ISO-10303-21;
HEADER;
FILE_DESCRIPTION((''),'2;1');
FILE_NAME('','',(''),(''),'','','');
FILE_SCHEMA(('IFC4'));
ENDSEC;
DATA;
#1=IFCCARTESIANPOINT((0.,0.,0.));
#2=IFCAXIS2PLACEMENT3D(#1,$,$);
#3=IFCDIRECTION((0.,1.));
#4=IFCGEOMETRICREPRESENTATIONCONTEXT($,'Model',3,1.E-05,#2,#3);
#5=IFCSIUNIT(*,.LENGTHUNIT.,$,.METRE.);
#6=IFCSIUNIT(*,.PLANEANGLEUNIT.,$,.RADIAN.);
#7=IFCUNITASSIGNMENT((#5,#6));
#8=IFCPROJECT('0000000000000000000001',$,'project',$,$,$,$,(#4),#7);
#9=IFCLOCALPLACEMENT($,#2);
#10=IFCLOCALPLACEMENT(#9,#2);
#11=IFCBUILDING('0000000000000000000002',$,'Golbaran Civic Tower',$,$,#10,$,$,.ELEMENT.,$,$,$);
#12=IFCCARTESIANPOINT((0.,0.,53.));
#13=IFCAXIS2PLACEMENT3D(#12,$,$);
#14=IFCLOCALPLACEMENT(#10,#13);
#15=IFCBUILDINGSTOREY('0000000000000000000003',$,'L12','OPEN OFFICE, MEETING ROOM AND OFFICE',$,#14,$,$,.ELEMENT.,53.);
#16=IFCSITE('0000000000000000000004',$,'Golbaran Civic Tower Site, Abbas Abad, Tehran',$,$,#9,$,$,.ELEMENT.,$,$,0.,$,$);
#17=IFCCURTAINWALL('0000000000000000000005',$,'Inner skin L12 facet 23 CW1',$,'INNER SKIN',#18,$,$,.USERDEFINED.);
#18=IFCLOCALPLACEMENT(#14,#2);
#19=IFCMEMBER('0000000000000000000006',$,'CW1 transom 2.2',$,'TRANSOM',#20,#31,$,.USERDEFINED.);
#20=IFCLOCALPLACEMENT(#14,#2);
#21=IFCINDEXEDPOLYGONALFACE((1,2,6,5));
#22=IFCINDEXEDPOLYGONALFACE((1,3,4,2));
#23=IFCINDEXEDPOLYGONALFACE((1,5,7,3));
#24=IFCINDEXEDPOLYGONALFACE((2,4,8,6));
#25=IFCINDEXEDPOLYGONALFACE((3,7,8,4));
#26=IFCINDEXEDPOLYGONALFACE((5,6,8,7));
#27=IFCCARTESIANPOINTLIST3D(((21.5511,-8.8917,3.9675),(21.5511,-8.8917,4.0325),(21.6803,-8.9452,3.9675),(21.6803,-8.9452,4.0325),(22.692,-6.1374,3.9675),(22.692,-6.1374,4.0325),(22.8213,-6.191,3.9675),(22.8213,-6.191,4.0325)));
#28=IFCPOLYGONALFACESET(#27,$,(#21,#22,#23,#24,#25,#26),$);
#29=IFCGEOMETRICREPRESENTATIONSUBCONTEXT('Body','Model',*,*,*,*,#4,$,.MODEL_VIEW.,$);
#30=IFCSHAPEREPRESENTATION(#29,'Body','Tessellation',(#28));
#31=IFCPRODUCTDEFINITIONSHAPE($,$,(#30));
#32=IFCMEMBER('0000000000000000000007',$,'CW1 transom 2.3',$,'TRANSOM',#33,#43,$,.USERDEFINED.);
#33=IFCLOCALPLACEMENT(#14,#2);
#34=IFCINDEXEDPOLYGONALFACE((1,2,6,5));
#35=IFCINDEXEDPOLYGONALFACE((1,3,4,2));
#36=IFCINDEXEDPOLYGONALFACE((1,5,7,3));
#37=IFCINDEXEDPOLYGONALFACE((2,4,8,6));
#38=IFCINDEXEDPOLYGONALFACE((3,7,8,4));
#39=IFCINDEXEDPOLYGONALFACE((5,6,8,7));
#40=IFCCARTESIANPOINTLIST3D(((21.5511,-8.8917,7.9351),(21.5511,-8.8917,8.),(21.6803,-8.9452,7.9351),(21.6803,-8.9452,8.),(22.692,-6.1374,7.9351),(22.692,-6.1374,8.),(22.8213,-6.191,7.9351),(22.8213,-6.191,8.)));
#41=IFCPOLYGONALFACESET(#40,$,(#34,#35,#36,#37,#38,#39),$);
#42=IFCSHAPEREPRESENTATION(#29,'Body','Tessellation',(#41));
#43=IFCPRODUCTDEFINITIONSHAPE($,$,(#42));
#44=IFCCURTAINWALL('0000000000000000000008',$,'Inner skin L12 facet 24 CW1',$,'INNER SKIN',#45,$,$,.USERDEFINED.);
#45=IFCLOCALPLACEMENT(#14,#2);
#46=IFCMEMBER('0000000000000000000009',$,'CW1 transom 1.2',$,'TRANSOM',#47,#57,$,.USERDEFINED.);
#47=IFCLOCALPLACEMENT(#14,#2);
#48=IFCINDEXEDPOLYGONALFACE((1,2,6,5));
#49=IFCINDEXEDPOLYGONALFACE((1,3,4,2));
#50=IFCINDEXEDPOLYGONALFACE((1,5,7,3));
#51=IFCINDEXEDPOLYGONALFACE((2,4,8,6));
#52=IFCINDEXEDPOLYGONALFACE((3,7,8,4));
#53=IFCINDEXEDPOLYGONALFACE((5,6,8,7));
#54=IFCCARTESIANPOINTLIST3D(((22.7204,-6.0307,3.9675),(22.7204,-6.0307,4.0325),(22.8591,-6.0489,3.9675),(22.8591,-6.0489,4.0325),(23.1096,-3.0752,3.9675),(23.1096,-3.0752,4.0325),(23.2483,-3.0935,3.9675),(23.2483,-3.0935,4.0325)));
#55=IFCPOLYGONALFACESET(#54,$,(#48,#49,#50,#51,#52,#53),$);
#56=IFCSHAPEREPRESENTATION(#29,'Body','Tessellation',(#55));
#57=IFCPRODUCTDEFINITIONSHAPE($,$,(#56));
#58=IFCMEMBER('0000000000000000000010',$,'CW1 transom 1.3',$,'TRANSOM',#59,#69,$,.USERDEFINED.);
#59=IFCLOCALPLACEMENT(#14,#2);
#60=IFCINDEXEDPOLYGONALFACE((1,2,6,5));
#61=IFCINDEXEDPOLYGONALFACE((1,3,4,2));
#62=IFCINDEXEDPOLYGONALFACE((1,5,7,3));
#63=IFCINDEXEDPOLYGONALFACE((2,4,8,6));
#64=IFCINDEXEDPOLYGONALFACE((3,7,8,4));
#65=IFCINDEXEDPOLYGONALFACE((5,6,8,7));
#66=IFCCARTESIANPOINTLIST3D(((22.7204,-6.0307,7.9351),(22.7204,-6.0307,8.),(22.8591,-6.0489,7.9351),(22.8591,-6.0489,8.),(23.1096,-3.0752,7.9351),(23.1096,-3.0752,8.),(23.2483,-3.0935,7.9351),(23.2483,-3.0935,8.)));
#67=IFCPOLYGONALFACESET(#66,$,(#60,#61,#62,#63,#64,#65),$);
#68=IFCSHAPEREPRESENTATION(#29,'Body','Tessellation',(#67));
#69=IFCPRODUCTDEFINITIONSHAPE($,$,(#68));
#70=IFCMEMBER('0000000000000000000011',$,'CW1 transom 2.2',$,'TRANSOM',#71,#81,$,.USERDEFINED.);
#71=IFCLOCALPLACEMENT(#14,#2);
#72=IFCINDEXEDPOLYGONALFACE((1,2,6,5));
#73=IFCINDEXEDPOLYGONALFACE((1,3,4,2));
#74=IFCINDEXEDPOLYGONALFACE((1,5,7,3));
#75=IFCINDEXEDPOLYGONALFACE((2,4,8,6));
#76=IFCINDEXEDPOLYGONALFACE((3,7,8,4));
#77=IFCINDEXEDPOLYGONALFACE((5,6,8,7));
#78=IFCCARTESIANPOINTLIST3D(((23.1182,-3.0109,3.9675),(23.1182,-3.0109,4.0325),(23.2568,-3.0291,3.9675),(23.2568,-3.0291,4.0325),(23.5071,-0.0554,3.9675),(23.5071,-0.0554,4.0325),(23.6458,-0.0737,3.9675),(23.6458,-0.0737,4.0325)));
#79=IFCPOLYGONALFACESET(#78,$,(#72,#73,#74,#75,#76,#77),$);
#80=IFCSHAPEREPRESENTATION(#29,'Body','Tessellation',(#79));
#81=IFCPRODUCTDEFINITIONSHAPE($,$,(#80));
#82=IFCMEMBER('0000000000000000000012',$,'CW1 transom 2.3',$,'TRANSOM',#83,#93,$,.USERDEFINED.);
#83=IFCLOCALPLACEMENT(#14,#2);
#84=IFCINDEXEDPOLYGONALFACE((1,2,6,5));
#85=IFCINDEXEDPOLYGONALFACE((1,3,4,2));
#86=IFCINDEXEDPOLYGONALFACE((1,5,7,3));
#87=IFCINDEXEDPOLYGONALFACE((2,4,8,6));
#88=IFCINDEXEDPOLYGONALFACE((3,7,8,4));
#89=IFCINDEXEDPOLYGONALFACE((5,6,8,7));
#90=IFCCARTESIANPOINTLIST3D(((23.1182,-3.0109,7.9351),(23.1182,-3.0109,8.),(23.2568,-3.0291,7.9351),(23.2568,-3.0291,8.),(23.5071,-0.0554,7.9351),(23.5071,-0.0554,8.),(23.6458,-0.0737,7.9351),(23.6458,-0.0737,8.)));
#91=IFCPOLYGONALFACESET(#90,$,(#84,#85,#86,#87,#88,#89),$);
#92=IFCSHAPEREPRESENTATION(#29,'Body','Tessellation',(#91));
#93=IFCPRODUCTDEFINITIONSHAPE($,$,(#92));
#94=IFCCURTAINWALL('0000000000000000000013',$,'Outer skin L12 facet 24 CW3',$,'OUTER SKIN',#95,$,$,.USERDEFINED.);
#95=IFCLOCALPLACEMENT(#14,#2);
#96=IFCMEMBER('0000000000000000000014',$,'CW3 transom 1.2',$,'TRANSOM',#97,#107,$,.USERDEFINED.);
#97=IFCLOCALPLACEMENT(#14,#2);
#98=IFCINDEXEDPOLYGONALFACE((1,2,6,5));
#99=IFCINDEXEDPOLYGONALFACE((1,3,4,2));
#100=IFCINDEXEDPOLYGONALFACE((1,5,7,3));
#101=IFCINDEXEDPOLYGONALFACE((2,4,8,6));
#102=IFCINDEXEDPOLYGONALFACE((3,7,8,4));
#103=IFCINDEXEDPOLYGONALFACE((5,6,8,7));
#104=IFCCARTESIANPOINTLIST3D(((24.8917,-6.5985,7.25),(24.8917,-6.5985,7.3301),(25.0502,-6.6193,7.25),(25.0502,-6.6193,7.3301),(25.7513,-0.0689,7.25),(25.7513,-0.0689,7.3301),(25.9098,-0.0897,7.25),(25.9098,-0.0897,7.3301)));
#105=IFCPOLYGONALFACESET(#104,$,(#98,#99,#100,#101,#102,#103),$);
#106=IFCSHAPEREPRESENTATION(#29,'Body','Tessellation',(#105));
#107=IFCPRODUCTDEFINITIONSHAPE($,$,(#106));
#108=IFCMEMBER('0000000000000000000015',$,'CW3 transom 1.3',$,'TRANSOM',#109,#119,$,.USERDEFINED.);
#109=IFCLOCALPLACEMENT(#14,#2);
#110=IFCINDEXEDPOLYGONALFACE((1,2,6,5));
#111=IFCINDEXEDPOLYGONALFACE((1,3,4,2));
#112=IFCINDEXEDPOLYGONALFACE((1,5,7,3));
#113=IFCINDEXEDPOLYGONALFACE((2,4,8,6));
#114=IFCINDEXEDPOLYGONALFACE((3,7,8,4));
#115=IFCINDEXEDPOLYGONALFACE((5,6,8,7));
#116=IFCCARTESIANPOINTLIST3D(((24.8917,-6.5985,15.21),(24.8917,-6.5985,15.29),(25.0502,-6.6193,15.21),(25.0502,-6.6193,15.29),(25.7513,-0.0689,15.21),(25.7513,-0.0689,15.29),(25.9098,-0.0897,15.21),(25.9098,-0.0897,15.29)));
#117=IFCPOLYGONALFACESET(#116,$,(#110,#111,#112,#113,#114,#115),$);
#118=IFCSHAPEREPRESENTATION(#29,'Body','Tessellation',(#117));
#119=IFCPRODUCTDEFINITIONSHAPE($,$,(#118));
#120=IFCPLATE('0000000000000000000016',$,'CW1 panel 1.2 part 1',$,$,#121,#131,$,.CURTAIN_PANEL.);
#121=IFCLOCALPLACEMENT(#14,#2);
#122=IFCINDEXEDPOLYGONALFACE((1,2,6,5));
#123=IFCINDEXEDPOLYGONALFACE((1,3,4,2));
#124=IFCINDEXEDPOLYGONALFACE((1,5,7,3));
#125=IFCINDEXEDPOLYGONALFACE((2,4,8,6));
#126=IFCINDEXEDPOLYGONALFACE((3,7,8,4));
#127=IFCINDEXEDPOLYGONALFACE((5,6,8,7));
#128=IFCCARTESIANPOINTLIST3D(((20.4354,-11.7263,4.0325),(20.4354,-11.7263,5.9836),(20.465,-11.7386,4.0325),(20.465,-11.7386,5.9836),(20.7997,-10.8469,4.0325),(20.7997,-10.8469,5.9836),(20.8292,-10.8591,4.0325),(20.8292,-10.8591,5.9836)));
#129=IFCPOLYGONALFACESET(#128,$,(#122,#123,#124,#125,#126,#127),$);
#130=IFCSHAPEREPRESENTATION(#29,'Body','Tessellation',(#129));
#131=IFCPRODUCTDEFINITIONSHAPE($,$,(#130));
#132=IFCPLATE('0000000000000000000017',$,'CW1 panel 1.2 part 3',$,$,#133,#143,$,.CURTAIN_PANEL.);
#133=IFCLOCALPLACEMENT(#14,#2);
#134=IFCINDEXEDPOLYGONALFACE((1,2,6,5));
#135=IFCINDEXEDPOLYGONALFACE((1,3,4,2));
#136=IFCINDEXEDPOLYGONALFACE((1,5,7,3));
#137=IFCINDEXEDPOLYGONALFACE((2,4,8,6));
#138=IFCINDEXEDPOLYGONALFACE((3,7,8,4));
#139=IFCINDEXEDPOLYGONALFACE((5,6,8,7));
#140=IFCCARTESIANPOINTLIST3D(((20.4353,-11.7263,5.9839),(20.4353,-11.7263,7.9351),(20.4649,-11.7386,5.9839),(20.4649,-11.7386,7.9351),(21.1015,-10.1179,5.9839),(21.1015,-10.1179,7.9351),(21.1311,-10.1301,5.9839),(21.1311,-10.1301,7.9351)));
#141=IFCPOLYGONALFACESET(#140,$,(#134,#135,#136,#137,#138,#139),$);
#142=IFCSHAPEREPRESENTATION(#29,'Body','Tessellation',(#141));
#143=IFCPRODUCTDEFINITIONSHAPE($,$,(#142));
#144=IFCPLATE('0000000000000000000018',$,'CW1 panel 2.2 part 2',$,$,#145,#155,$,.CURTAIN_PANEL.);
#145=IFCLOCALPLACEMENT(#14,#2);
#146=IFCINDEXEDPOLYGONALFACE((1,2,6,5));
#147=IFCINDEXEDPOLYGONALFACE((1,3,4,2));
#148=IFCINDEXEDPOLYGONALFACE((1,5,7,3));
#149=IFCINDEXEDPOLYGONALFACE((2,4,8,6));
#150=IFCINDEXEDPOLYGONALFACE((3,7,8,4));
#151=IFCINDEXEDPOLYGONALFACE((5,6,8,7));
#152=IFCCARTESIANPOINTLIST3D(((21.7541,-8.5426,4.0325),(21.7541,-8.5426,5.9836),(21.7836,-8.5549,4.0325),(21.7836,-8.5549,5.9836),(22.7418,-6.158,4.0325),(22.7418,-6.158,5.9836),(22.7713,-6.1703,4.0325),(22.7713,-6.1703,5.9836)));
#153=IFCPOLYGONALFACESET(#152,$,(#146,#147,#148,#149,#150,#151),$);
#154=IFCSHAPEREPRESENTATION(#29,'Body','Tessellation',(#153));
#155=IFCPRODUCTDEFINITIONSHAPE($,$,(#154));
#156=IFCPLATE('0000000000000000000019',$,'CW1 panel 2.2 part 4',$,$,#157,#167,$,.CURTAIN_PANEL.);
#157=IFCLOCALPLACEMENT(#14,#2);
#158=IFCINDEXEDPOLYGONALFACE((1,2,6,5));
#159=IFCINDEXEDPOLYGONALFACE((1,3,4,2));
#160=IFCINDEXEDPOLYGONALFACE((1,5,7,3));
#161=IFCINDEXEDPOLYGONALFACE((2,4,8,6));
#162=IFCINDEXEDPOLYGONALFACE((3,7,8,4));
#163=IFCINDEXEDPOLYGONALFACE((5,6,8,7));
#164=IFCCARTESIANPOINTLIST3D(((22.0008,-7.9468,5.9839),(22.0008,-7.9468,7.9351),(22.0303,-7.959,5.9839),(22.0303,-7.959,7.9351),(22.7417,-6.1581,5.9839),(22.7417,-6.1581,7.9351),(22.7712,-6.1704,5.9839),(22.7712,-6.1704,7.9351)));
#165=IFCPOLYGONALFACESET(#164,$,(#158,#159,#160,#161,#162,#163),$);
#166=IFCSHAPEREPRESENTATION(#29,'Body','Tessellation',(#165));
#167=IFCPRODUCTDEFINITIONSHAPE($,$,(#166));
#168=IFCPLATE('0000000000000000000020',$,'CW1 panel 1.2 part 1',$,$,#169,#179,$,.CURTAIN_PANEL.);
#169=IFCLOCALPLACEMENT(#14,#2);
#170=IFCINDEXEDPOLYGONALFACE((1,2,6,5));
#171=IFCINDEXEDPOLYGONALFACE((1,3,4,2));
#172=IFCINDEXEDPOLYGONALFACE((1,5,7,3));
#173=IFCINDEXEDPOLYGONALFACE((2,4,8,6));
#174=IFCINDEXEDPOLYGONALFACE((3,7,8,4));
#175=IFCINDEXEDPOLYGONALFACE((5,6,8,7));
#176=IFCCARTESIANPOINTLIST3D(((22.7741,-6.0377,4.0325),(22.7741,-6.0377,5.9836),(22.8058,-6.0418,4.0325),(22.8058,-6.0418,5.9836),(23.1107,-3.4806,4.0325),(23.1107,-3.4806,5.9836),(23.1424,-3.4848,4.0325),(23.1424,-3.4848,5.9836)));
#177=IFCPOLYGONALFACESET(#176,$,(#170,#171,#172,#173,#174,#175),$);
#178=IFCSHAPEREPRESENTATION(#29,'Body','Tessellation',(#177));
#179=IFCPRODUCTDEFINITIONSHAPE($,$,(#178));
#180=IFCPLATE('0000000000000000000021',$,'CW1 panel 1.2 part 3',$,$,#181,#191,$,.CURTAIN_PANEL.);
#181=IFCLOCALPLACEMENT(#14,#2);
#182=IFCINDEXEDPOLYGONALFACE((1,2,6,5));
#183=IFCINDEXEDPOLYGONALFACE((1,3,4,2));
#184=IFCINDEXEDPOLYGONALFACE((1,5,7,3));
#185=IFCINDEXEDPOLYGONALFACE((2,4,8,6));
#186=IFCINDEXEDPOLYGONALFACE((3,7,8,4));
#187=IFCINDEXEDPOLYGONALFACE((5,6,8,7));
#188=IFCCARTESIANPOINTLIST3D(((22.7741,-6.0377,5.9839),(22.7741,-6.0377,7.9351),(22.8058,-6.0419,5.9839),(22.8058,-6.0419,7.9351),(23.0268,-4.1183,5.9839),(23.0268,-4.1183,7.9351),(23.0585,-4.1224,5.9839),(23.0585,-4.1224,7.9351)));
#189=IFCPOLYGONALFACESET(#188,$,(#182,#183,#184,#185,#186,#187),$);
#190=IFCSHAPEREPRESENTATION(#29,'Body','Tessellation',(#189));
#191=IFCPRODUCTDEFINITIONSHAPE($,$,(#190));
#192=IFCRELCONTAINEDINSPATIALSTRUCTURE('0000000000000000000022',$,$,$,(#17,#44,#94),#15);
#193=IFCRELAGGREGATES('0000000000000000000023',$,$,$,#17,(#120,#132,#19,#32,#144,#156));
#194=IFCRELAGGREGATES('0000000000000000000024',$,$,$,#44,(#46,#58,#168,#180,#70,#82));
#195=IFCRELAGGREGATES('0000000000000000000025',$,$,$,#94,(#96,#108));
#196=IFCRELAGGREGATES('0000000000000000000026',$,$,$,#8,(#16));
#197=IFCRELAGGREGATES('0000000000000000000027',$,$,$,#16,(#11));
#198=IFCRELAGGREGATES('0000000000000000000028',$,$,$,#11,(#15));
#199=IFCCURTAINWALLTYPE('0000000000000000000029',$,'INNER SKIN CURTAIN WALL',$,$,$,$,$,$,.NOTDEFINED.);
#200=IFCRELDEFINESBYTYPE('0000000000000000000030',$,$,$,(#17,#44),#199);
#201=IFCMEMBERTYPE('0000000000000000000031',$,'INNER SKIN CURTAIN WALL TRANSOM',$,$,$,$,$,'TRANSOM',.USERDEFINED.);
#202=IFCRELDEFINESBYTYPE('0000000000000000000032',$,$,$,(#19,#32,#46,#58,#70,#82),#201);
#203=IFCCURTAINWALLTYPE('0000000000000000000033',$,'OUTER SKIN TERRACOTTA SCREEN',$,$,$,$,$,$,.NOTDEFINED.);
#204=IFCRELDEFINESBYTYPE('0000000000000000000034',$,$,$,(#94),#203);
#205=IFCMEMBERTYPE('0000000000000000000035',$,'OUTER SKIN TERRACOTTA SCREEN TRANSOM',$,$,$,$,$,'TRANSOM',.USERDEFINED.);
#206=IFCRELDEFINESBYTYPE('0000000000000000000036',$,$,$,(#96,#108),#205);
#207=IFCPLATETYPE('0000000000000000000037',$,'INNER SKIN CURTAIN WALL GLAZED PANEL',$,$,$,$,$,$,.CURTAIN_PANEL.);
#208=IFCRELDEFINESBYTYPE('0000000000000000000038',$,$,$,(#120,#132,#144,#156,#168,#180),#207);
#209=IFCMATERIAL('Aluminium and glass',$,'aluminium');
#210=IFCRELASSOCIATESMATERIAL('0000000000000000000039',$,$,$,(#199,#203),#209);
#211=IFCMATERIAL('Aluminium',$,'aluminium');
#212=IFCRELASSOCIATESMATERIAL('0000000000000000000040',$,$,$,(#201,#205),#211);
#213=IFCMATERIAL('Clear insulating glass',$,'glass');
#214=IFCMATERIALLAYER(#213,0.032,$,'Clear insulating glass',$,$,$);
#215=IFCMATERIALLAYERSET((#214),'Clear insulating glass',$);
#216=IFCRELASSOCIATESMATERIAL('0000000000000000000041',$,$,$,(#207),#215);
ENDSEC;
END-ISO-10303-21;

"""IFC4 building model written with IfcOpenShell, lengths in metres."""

from ifc_helpers import new_model, si_unit, direction, frame, origin, origin_2d, place, context, subcontext, project, spatial, rectangle, extrude, material, layer, layer_set, material_profile, profile_set, type_object, element, aggregate, save


model = new_model("IFC4")

# Units and contexts
model_context = context("Model", 3, precision=1e-05, world=origin(), true_north=direction((0.0, 1.0)))
body_context = subcontext(model_context, "Body", "Model", "MODEL_VIEW")
ifc_project = project(units=[si_unit("LENGTHUNIT", "METRE"), si_unit("PLANEANGLEUNIT", "RADIAN")], contexts=[model_context])

# Site, building, storey
site_placement = place(None, origin())
site = spatial("IfcSite", under=ifc_project, at=site_placement, Name="Golbaran Civic Tower Site, Abbas Abad, Tehran", CompositionType="ELEMENT", RefElevation=0.0)
building_placement = place(site_placement, origin())
building = spatial("IfcBuilding", under=site, at=building_placement, Name="Golbaran Civic Tower", CompositionType="ELEMENT")
storey_placement = place(building_placement, frame((0.0, 0.0, 53.0)))
storey = spatial("IfcBuildingStorey", under=building, at=storey_placement, Name="L12", Description="OPEN OFFICE, MEETING ROOM AND OFFICE", CompositionType="ELEMENT", Elevation=53.0)

# Curtain walls, members
ifc_material_1 = material(Name="Aluminium and glass", Category="aluminium")
curtain_wall_type_1 = type_object("IfcCurtainWallType", Name="INNER SKIN CURTAIN WALL", PredefinedType="NOTDEFINED", material=ifc_material_1)
curtain_wall_1_placement = place(storey_placement, origin())
curtain_wall_1 = element("IfcCurtainWall", 1, at=curtain_wall_1_placement, inside=storey, type_object=curtain_wall_type_1, Name="Inner skin L12 facet 23 CW1", ObjectType="INNER SKIN", PredefinedType="USERDEFINED")
ifc_material_2 = material(Name="Aluminium", Category="aluminium")
ifc_material_profile_1 = material_profile(ifc_material_2, rectangle(XDim=0.1399, YDim=0.0649, at=origin_2d()), Name="INNER SKIN CURTAIN WALL TRANSOM")
ifc_profile_set_1 = profile_set([ifc_material_profile_1], Name="Aluminium")
member_type_1 = type_object("IfcMemberType", Name="INNER SKIN CURTAIN WALL TRANSOM", ElementType="TRANSOM", PredefinedType="USERDEFINED", material=ifc_profile_set_1)
member_1_placement = place(storey_placement, frame((21.6157, -8.9185, 4.0), z_axis=(0.382701, 0.923872, 0.0), x_axis=(-0.923872, 0.382701, 0.0)))
member_1 = element("IfcMember", 2, at=member_1_placement, type_object=member_type_1, Name="CW1 transom 2.2", ObjectType="TRANSOM", PredefinedType="USERDEFINED", context=body_context, shape_type="SweptSolid", body=[
    extrude(rectangle(XDim=0.1399, YDim=0.0649, at=origin_2d()), origin(), (0.0, 0.0, 1.0), 2.9812),
])
member_2_placement = place(storey_placement, frame((21.6157, -8.9185, 7.9675), z_axis=(0.382701, 0.923872, 0.0), x_axis=(-0.923872, 0.382701, 0.0)))
member_2 = element("IfcMember", 3, at=member_2_placement, type_object=member_type_1, Name="CW1 transom 2.3", ObjectType="TRANSOM", PredefinedType="USERDEFINED", context=body_context, shape_type="SweptSolid", body=[
    extrude(rectangle(XDim=0.1399, YDim=0.0649, at=origin_2d()), origin(), (0.0, 0.0, 1.0), 2.9812),
])
curtain_wall_2_placement = place(storey_placement, origin())
curtain_wall_2 = element("IfcCurtainWall", 4, at=curtain_wall_2_placement, inside=storey, type_object=curtain_wall_type_1, Name="Inner skin L12 facet 24 CW1", ObjectType="INNER SKIN", PredefinedType="USERDEFINED")
member_3_placement = place(storey_placement, frame((22.7898, -6.0398, 4.0), z_axis=(0.130543, 0.991443, 0.0), x_axis=(-0.991443, 0.130543, 0.0)))
member_3 = element("IfcMember", 5, at=member_3_placement, type_object=member_type_1, Name="CW1 transom 1.2", ObjectType="TRANSOM", PredefinedType="USERDEFINED", context=body_context, shape_type="SweptSolid", body=[
    extrude(rectangle(XDim=0.1399, YDim=0.0649, at=origin_2d()), origin(), (0.0, 0.0, 1.0), 2.981),
])
member_4_placement = place(storey_placement, frame((22.7898, -6.0398, 7.9675), z_axis=(0.130543, 0.991443, 0.0), x_axis=(-0.991443, 0.130543, 0.0)))
member_4 = element("IfcMember", 6, at=member_4_placement, type_object=member_type_1, Name="CW1 transom 1.3", ObjectType="TRANSOM", PredefinedType="USERDEFINED", context=body_context, shape_type="SweptSolid", body=[
    extrude(rectangle(XDim=0.1399, YDim=0.0649, at=origin_2d()), origin(), (0.0, 0.0, 1.0), 2.981),
])
member_5_placement = place(storey_placement, frame((23.1875, -3.02, 4.0), z_axis=(0.130463, 0.991453, 0.0), x_axis=(-0.991453, 0.130463, 0.0)))
member_5 = element("IfcMember", 7, at=member_5_placement, type_object=member_type_1, Name="CW1 transom 2.2", ObjectType="TRANSOM", PredefinedType="USERDEFINED", context=body_context, shape_type="SweptSolid", body=[
    extrude(rectangle(XDim=0.1399, YDim=0.0649, at=origin_2d()), origin(), (0.0, 0.0, 1.0), 2.981),
])
member_6_placement = place(storey_placement, frame((23.1875, -3.02, 7.9675), z_axis=(0.130463, 0.991453, 0.0), x_axis=(-0.991453, 0.130463, 0.0)))
member_6 = element("IfcMember", 8, at=member_6_placement, type_object=member_type_1, Name="CW1 transom 2.3", ObjectType="TRANSOM", PredefinedType="USERDEFINED", context=body_context, shape_type="SweptSolid", body=[
    extrude(rectangle(XDim=0.1399, YDim=0.0649, at=origin_2d()), origin(), (0.0, 0.0, 1.0), 2.981),
])
curtain_wall_type_2 = type_object("IfcCurtainWallType", Name="OUTER SKIN TERRACOTTA SCREEN", PredefinedType="NOTDEFINED", material=ifc_material_1)
curtain_wall_3_placement = place(storey_placement, origin())
curtain_wall_3 = element("IfcCurtainWall", 9, at=curtain_wall_3_placement, inside=storey, type_object=curtain_wall_type_2, Name="Outer skin L12 facet 24 CW3", ObjectType="OUTER SKIN", PredefinedType="USERDEFINED")
ifc_material_profile_2 = material_profile(ifc_material_2, rectangle(XDim=0.1599, YDim=0.0801, at=origin_2d()), Name="OUTER SKIN TERRACOTTA SCREEN TRANSOM")
ifc_profile_set_2 = profile_set([ifc_material_profile_2], Name="Aluminium")
member_type_2 = type_object("IfcMemberType", Name="OUTER SKIN TERRACOTTA SCREEN TRANSOM", ElementType="TRANSOM", PredefinedType="USERDEFINED", material=ifc_profile_set_2)
member_7_placement = place(storey_placement, frame((24.9709, -6.6089, 7.29), z_axis=(0.130525, 0.991445, 0.0), x_axis=(-0.991445, 0.130525, 0.0)))
member_7 = element("IfcMember", 10, at=member_7_placement, type_object=member_type_2, Name="CW3 transom 1.2", ObjectType="TRANSOM", PredefinedType="USERDEFINED", context=body_context, shape_type="SweptSolid", body=[
    extrude(rectangle(XDim=0.1599, YDim=0.0801, at=origin_2d()), origin(), (0.0, 0.0, 1.0), 6.5859),
])
member_8_placement = place(storey_placement, frame((24.9709, -6.6089, 15.25), z_axis=(0.130525, 0.991445, 0.0), x_axis=(-0.991445, 0.130525, 0.0)))
member_8 = element("IfcMember", 11, at=member_8_placement, type_object=member_type_2, Name="CW3 transom 1.3", ObjectType="TRANSOM", PredefinedType="USERDEFINED", context=body_context, shape_type="SweptSolid", body=[
    extrude(rectangle(XDim=0.1599, YDim=0.0801, at=origin_2d()), origin(), (0.0, 0.0, 1.0), 6.5859),
])

# Plates
ifc_material_3 = material(Name="Clear insulating glass", Category="glass")
ifc_layer_1 = layer(ifc_material_3, 0.032, Name="Clear insulating glass")
ifc_layer_set_1 = layer_set([ifc_layer_1], Name="Clear insulating glass")
plate_type_1 = type_object("IfcPlateType", Name="INNER SKIN CURTAIN WALL GLAZED PANEL", PredefinedType="CURTAIN_PANEL", material=ifc_layer_set_1)
plate_1_placement = place(storey_placement, frame((20.6323, -11.2927, 4.0325), z_axis=(0.0, 0.0, 1.0), x_axis=(0.382683, 0.92388, 0.0)))
plate_1 = element("IfcPlate", 12, at=plate_1_placement, type_object=plate_type_1, Name="CW1 panel 1.2 part 1", PredefinedType="CURTAIN_PANEL", context=body_context, shape_type="SweptSolid", body=[
    extrude(rectangle(XDim=0.9519, YDim=0.032, at=origin_2d()), origin(), (0.0, 0.0, 1.0), 1.9512),
])
plate_2_placement = place(storey_placement, frame((20.7832, -10.9282, 5.9839), z_axis=(0.0, 0.0, 1.0), x_axis=(0.382683, 0.92388, 0.0)))
plate_2 = element("IfcPlate", 13, at=plate_2_placement, type_object=plate_type_1, Name="CW1 panel 1.2 part 3", PredefinedType="CURTAIN_PANEL", context=body_context, shape_type="SweptSolid", body=[
    extrude(rectangle(XDim=1.741, YDim=0.032, at=origin_2d()), origin(), (0.0, 0.0, 1.0), 1.9512),
])
plate_3_placement = place(storey_placement, frame((22.2627, -7.3564, 4.0325), z_axis=(0.0, 0.0, 1.0), x_axis=(0.382683, 0.92388, 0.0)))
plate_3 = element("IfcPlate", 14, at=plate_3_placement, type_object=plate_type_1, Name="CW1 panel 2.2 part 2", PredefinedType="CURTAIN_PANEL", context=body_context, shape_type="SweptSolid", body=[
    extrude(rectangle(XDim=2.5811, YDim=0.032, at=origin_2d()), origin(), (0.0, 0.0, 1.0), 1.9512),
])
plate_4_placement = place(storey_placement, frame((22.386, -7.0586, 5.9839), z_axis=(0.0, 0.0, 1.0), x_axis=(0.382683, 0.92388, 0.0)))
plate_4 = element("IfcPlate", 15, at=plate_4_placement, type_object=plate_type_1, Name="CW1 panel 2.2 part 4", PredefinedType="CURTAIN_PANEL", context=body_context, shape_type="SweptSolid", body=[
    extrude(rectangle(XDim=1.936, YDim=0.032, at=origin_2d()), origin(), (0.0, 0.0, 1.0), 1.9512),
])
plate_5_placement = place(storey_placement, frame((22.9583, -4.7612, 4.0325), z_axis=(0.0, 0.0, 1.0), x_axis=(0.130526, 0.991445, 0.0)))
plate_5 = element("IfcPlate", 16, at=plate_5_placement, type_object=plate_type_1, Name="CW1 panel 1.2 part 1", PredefinedType="CURTAIN_PANEL", context=body_context, shape_type="SweptSolid", body=[
    extrude(rectangle(XDim=2.5791, YDim=0.032, at=origin_2d()), origin(), (0.0, 0.0, 1.0), 1.9512),
])
plate_6_placement = place(storey_placement, frame((22.9163, -5.0801, 5.9839), z_axis=(0.0, 0.0, 1.0), x_axis=(0.130526, 0.991445, 0.0)))
plate_6 = element("IfcPlate", 17, at=plate_6_placement, type_object=plate_type_1, Name="CW1 panel 1.2 part 3", PredefinedType="CURTAIN_PANEL", context=body_context, shape_type="SweptSolid", body=[
    extrude(rectangle(XDim=1.936, YDim=0.032, at=origin_2d()), origin(), (0.0, 0.0, 1.0), 1.9512),
])
aggregate(curtain_wall_1, [plate_1, plate_2, member_1, member_2, plate_3, plate_4])
aggregate(curtain_wall_2, [member_3, member_4, plate_5, plate_6, member_5, member_6])
aggregate(curtain_wall_3, [member_7, member_8])

save(model, "model.ifc")
